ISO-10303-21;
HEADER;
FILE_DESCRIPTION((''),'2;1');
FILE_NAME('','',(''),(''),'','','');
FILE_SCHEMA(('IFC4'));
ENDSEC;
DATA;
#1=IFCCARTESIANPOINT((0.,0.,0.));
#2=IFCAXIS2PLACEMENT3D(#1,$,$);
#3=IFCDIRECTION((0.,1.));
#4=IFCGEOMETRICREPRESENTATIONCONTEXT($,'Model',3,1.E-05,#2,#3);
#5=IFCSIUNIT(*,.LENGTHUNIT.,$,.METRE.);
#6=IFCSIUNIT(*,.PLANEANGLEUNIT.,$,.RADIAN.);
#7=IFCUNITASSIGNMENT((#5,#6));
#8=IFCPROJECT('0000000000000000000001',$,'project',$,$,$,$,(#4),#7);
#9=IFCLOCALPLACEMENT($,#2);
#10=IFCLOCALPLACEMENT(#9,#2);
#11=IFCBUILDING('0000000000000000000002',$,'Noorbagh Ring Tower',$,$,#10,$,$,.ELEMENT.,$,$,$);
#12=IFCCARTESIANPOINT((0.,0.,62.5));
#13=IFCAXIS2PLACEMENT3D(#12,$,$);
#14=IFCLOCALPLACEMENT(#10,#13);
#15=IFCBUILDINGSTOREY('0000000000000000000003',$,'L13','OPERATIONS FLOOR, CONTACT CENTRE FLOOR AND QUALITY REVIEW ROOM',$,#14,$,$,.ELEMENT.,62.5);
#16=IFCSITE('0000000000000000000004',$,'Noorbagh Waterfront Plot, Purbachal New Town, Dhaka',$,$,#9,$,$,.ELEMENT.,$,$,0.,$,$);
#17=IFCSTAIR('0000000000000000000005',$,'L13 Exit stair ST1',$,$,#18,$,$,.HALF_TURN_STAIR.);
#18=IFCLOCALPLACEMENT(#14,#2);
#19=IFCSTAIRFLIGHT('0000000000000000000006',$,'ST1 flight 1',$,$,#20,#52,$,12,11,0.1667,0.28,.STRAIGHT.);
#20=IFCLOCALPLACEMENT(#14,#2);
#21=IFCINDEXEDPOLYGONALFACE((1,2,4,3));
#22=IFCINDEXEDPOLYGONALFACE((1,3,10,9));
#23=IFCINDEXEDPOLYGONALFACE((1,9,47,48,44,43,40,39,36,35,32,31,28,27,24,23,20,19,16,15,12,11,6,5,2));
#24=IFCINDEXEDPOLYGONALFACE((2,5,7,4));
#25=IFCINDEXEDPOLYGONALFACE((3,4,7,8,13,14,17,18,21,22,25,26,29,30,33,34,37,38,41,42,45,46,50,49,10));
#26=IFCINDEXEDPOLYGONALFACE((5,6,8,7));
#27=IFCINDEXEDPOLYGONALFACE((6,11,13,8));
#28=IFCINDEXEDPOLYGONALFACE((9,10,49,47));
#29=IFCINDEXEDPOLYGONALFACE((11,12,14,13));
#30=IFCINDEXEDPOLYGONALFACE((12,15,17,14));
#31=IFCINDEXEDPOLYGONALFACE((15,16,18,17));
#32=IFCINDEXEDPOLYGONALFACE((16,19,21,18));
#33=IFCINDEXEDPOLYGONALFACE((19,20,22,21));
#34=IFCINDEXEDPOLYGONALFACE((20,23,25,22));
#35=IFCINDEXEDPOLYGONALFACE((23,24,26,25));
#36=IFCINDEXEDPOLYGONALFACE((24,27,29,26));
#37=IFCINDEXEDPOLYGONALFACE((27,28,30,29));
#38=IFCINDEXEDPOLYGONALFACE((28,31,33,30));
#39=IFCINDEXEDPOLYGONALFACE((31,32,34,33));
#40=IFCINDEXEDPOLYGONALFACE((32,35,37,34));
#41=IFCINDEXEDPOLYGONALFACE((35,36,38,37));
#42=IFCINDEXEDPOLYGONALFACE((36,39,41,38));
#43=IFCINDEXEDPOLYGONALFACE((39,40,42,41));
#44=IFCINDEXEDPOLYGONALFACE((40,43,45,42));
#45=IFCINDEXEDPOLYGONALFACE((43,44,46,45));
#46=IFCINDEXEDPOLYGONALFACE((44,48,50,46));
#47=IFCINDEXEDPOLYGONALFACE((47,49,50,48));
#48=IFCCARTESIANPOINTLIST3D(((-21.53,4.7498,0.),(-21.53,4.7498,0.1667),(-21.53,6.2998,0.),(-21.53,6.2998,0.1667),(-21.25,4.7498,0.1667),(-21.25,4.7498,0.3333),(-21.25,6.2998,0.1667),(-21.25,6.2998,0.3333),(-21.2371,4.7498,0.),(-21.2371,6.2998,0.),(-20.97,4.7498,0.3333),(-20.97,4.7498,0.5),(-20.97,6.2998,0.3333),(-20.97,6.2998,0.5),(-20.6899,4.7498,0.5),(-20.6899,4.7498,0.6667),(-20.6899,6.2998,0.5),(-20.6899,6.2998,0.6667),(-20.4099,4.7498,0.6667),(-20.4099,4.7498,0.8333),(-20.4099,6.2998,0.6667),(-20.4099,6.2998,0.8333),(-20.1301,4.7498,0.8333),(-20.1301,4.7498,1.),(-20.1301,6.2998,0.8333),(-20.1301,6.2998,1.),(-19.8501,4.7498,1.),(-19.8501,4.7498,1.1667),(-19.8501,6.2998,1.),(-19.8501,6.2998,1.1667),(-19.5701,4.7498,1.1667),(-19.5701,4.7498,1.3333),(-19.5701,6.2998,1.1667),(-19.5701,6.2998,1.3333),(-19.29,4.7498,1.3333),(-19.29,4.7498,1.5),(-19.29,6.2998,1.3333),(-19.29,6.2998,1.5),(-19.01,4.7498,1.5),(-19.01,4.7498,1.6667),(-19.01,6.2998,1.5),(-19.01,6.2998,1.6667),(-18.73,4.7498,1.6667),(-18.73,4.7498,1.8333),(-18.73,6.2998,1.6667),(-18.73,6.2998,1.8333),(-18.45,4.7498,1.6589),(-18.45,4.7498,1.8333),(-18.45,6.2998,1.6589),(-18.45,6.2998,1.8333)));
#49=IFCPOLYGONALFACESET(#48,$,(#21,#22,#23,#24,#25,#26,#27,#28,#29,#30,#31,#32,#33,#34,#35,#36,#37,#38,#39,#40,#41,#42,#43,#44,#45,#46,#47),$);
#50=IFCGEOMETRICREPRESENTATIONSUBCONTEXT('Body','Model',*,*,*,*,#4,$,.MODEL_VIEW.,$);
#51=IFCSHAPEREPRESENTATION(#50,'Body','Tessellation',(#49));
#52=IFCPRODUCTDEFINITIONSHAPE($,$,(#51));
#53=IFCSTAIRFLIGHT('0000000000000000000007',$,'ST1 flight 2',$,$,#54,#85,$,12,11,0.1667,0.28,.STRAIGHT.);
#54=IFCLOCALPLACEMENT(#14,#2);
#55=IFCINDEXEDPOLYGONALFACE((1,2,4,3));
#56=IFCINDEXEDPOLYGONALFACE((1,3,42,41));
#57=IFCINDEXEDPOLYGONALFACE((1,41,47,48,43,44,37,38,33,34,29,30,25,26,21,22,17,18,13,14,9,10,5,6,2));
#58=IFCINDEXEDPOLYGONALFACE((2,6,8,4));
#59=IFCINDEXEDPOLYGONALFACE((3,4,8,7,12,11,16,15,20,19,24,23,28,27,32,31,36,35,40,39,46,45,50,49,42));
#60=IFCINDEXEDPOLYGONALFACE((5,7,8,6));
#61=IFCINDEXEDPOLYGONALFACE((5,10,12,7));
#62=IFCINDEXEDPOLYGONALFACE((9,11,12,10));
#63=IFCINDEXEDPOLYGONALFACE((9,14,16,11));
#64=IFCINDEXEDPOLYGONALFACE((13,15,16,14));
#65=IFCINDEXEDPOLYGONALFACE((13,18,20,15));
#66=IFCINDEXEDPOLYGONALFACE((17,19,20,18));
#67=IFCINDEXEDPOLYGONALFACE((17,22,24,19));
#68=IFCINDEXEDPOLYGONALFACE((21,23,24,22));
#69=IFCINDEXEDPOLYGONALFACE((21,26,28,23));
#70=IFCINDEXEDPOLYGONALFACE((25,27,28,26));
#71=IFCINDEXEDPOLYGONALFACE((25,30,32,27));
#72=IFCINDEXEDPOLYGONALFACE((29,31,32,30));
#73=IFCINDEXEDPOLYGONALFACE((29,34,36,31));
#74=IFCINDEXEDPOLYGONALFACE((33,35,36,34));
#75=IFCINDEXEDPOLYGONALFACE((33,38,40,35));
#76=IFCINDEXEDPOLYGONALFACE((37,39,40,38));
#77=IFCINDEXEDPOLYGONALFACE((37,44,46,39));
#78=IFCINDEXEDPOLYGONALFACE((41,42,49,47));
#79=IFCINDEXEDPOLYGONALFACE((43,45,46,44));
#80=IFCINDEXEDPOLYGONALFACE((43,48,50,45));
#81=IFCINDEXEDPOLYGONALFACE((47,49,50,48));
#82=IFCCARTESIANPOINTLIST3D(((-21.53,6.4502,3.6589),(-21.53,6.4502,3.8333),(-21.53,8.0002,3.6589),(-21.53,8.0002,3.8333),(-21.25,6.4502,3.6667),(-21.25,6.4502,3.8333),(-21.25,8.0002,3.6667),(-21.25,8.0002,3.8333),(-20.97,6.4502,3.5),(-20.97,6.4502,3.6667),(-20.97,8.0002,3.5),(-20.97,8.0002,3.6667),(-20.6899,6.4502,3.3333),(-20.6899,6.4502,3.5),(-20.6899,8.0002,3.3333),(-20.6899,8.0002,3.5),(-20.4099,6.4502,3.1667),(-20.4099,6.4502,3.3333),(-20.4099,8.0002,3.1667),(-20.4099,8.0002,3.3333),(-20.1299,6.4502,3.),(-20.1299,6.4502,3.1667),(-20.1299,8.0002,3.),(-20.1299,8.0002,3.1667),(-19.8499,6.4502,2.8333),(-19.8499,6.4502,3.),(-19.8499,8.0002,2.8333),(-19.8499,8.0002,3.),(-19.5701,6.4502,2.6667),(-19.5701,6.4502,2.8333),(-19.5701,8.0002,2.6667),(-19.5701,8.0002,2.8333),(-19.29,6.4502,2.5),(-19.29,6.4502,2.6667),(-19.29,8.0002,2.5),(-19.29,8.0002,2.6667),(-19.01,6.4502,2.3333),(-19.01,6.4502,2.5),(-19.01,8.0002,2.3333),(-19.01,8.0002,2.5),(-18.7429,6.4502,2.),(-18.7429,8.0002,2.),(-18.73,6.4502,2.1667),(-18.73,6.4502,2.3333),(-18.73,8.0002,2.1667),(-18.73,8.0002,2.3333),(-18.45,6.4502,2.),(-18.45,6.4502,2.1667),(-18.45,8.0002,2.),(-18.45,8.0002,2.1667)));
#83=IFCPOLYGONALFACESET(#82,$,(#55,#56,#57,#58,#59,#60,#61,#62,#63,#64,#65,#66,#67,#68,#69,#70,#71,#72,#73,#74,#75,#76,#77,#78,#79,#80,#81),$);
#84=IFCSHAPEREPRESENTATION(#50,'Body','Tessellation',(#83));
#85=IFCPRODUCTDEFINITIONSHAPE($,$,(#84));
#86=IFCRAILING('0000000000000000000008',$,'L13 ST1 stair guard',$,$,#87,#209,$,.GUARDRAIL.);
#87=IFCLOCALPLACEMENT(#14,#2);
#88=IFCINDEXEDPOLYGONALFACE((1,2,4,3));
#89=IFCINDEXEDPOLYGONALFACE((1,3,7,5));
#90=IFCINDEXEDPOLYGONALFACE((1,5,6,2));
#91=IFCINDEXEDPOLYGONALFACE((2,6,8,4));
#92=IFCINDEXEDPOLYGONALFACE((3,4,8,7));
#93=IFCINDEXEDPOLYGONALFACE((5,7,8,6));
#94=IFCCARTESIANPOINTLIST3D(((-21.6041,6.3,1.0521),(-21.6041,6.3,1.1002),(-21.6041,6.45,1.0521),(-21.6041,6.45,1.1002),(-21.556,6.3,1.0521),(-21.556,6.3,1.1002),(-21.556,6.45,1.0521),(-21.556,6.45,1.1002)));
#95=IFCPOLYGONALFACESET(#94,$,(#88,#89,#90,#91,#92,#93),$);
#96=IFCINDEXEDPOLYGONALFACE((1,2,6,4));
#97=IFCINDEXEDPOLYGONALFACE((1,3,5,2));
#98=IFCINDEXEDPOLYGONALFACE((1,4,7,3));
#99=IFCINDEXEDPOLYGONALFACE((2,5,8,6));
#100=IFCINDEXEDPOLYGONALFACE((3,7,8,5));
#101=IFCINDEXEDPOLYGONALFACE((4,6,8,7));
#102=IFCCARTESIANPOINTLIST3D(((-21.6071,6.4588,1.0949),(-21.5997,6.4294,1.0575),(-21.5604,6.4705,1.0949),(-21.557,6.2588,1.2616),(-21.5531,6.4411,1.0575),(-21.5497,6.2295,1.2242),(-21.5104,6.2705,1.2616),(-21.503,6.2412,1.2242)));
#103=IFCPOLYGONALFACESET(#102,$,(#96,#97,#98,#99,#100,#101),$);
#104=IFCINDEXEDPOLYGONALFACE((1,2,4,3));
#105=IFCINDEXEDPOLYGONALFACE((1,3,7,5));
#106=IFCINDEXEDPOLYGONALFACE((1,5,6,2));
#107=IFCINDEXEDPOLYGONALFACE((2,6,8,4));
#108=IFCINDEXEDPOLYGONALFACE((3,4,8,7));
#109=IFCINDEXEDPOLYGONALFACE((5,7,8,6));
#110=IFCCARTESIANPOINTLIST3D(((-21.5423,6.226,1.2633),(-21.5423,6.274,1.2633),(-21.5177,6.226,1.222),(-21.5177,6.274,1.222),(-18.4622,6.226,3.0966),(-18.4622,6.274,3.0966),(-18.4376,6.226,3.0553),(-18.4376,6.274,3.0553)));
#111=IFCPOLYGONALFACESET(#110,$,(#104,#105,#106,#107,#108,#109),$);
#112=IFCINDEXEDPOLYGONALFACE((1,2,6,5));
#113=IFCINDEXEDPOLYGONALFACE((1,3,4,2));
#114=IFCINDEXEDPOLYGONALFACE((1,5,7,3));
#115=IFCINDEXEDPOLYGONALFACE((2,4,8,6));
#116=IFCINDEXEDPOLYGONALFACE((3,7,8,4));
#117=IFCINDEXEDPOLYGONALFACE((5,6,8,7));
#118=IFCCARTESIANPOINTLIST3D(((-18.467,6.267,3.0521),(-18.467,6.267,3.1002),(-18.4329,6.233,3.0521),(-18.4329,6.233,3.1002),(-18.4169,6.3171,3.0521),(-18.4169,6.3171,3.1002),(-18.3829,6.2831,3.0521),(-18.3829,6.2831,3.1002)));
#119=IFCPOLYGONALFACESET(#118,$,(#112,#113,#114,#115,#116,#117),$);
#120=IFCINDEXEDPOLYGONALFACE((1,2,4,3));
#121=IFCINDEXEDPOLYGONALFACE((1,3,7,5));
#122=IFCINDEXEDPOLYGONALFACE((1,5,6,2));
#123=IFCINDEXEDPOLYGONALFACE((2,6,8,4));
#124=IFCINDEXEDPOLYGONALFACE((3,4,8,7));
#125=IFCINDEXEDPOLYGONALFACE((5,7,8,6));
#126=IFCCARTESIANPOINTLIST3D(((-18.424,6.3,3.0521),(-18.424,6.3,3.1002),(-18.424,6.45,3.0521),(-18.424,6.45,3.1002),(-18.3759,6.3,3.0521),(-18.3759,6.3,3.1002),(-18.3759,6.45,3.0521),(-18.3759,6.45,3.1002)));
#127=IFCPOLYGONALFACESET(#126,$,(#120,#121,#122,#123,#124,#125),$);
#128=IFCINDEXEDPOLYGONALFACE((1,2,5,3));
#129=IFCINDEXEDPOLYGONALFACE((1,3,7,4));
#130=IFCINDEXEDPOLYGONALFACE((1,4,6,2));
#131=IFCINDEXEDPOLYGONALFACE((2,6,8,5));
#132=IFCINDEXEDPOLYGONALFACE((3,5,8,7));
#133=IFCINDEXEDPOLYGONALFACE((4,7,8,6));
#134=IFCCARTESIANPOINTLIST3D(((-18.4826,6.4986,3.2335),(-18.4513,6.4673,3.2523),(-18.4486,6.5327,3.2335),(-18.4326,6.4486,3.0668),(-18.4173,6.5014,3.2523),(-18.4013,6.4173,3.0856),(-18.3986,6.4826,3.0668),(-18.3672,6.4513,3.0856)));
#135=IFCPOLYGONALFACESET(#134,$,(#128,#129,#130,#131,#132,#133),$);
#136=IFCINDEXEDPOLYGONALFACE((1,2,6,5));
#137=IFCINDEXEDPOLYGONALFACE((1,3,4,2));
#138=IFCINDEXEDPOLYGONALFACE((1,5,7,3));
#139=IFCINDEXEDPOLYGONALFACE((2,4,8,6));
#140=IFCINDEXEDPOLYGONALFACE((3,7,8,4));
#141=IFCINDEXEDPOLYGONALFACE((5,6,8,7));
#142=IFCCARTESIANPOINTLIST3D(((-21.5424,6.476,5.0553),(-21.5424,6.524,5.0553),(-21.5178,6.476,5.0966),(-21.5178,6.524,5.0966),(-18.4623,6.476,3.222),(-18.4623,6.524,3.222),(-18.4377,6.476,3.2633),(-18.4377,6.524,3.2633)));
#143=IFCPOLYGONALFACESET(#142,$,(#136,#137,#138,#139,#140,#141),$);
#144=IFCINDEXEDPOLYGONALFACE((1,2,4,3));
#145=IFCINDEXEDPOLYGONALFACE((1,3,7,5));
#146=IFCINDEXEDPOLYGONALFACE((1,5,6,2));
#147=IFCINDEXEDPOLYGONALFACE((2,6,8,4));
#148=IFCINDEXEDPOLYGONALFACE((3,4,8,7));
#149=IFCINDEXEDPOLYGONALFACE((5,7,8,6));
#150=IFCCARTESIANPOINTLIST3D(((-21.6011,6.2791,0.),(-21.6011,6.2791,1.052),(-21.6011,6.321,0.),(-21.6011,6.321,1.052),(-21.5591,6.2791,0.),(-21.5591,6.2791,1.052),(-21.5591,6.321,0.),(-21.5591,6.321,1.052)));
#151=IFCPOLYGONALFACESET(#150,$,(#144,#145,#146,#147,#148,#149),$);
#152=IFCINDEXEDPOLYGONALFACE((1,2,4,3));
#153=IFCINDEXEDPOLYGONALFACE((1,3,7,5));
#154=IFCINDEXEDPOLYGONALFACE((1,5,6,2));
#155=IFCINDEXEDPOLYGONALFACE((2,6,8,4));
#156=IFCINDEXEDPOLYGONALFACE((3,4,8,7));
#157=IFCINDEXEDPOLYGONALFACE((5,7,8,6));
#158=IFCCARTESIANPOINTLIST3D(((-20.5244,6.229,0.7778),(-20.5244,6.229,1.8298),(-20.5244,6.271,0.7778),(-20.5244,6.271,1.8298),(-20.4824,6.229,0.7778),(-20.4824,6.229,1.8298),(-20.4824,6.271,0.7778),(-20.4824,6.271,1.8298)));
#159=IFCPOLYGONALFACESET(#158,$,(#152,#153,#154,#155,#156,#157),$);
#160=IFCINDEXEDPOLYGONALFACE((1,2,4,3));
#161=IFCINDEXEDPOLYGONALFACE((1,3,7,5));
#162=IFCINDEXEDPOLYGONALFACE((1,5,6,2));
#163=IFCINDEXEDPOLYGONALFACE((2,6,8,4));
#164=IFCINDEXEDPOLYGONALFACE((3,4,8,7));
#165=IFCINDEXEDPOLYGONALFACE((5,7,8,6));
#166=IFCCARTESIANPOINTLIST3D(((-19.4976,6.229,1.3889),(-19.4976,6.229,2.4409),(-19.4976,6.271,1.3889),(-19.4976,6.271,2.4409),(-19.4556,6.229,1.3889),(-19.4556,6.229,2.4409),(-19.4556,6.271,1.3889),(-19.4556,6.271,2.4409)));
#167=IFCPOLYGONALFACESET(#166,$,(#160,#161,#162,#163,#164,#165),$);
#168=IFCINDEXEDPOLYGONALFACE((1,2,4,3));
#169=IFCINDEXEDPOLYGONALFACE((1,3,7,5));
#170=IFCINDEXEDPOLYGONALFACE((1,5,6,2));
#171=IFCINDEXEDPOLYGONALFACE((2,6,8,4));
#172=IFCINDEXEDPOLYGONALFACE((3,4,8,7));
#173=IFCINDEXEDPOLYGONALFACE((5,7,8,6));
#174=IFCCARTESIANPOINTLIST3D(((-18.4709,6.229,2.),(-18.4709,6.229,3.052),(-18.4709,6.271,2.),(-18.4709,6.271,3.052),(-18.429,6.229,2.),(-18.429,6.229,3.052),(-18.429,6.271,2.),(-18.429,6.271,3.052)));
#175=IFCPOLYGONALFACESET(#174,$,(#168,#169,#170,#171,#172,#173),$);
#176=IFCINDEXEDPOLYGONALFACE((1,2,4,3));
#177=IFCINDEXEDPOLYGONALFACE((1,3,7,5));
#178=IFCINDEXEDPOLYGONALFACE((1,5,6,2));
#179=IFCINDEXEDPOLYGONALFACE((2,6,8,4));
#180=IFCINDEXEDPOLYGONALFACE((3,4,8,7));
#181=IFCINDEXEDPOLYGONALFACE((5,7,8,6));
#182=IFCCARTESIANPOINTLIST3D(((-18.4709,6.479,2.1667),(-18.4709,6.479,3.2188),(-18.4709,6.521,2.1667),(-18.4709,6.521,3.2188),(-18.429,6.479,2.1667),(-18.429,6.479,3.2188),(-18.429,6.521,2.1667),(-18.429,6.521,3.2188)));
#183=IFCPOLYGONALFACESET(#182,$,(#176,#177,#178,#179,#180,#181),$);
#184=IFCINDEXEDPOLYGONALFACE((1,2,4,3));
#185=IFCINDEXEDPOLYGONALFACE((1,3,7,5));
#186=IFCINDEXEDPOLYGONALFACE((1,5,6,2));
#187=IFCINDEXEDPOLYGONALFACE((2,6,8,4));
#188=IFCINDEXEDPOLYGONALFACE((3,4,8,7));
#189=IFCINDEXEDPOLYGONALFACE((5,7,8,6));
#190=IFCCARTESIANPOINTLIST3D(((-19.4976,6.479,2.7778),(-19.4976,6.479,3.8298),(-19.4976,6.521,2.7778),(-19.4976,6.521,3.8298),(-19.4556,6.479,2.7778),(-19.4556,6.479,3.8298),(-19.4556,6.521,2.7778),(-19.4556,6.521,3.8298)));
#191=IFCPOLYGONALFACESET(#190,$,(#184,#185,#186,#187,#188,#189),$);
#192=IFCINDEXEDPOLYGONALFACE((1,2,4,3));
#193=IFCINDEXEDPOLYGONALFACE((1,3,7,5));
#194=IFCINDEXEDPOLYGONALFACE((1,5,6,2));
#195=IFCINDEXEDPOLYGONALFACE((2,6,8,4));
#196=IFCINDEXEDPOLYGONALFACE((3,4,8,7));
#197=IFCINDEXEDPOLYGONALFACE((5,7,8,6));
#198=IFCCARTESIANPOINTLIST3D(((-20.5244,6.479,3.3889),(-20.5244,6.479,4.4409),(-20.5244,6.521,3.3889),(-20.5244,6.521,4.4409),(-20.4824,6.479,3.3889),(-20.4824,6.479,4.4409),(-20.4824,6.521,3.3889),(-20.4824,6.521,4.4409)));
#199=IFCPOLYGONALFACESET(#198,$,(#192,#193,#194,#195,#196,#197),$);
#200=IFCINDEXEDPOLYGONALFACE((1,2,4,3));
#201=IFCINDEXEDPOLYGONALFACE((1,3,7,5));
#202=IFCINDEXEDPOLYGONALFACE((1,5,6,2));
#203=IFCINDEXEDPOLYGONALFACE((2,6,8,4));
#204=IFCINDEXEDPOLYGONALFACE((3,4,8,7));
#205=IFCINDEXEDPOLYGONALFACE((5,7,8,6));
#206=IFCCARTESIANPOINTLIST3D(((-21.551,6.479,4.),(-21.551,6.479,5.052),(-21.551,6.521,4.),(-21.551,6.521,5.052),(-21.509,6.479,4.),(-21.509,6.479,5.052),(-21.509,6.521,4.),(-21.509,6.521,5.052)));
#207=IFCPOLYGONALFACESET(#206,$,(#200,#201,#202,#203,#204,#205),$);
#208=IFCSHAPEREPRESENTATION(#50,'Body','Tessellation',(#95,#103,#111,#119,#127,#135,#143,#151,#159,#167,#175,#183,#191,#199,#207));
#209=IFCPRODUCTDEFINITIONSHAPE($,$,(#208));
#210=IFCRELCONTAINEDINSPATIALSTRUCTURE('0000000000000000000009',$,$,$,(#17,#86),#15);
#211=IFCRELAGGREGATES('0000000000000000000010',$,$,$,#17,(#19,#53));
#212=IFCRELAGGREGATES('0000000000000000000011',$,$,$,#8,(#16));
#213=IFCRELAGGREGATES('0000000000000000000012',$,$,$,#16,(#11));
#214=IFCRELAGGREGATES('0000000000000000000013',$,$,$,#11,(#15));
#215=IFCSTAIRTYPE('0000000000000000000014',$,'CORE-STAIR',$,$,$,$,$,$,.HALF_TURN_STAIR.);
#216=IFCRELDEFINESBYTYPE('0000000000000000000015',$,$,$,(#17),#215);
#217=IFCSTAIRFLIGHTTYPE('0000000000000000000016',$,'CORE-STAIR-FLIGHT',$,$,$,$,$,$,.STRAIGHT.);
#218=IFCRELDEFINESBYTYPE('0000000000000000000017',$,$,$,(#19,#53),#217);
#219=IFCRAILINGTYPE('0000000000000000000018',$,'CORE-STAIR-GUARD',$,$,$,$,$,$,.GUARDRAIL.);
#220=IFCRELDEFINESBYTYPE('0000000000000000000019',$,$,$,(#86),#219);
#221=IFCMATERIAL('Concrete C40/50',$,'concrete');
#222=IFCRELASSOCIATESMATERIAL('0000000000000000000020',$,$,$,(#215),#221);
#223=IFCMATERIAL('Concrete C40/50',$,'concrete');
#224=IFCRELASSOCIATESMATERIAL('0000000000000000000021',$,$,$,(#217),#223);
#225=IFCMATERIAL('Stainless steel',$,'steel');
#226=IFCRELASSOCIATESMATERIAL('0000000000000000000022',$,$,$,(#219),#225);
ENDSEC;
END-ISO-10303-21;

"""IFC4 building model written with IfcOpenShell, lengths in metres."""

from ifc_helpers import new_model, si_unit, direction, frame, origin, origin_2d, place, context, subcontext, project, spatial, polyline, rectangle, outline, extrude, material, type_object, element, aggregate, save


model = new_model("IFC4")

# Units and contexts
model_context = context("Model", 3, precision=1e-05, world=origin(), true_north=direction((0.0, 1.0)))
body_context = subcontext(model_context, "Body", "Model", "MODEL_VIEW")
ifc_project = project(units=[si_unit("LENGTHUNIT", "METRE"), si_unit("PLANEANGLEUNIT", "RADIAN")], contexts=[model_context])

# Site, building, storey
site_placement = place(None, origin())
site = spatial("IfcSite", under=ifc_project, at=site_placement, Name="Noorbagh Waterfront Plot, Purbachal New Town, Dhaka", CompositionType="ELEMENT", RefElevation=0.0)
building_placement = place(site_placement, origin())
building = spatial("IfcBuilding", under=site, at=building_placement, Name="Noorbagh Ring Tower", CompositionType="ELEMENT")
storey_placement = place(building_placement, frame((0.0, 0.0, 62.5)))
storey = spatial("IfcBuildingStorey", under=building, at=storey_placement, Name="L13", Description="OPERATIONS FLOOR, CONTACT CENTRE FLOOR AND QUALITY REVIEW ROOM", CompositionType="ELEMENT", Elevation=62.5)

# Stair, stair flights
ifc_material_1 = material(Name="Concrete C40/50", Category="concrete")
stair_type = type_object("IfcStairType", Name="CORE-STAIR", PredefinedType="HALF_TURN_STAIR", material=ifc_material_1)
stair_placement = place(storey_placement, origin())
stair = element("IfcStair", 1, at=stair_placement, inside=storey, type_object=stair_type, Name="L13 Exit stair ST1", PredefinedType="HALF_TURN_STAIR")
ifc_material_2 = material(Name="Concrete C40/50", Category="concrete")
stair_flight_type = type_object("IfcStairFlightType", Name="CORE-STAIR-FLIGHT", PredefinedType="STRAIGHT", material=ifc_material_2)
stair_flight_1_placement = place(storey_placement, frame((-21.53, 5.5249, 0.0), z_axis=(0.0, 0.0, 1.0), x_axis=(1.0, 0.0, 0.0)))
stair_flight_1 = element("IfcStairFlight", 2, at=stair_flight_1_placement, type_object=stair_flight_type, Name="ST1 flight 1", NumberOfRisers=12, NumberOfTreads=11, PredefinedType="STRAIGHT", RiserHeight=0.1667, TreadLength=0.28, context=body_context, shape_type="SweptSolid", body=[
    extrude(outline(polyline([(0.0, 0.0), (0.0, 0.1667), (0.28, 0.1667), (0.28, 0.3333), (0.5601, 0.3333), (0.5601, 0.5), (0.8401, 0.5), (0.8401, 0.6667), (1.1201, 0.6667), (1.1201, 0.8333), (1.3999, 0.8333), (1.3999, 1.0), (1.6799, 1.0), (1.6799, 1.1667), (1.96, 1.1667), (1.96, 1.3333), (2.24, 1.3333), (2.24, 1.5), (2.52, 1.5), (2.52, 1.6667), (2.8, 1.6667), (2.8, 1.8333), (3.0801, 1.8333), (3.0801, 2.0), (3.0801, 1.6589), (0.293, 0.0), (0.0, 0.0)])), frame((0.0, 0.7749, 0.0), z_axis=(0.0, -1.0, 0.0), x_axis=(1.0, 0.0, 0.0)), (0.0, 0.0, 1.0), 1.55),
])
stair_flight_2_placement = place(storey_placement, frame((-18.45, 7.2251, 2.0), z_axis=(0.0, 0.0, 1.0), x_axis=(-1.0, 0.0, 0.0)))
stair_flight_2 = element("IfcStairFlight", 3, at=stair_flight_2_placement, type_object=stair_flight_type, Name="ST1 flight 2", NumberOfRisers=12, NumberOfTreads=11, PredefinedType="STRAIGHT", RiserHeight=0.1667, TreadLength=0.28, context=body_context, shape_type="SweptSolid", body=[
    extrude(outline(polyline([(0.0, 0.0), (0.0, 0.1667), (0.28, 0.1667), (0.28, 0.3333), (0.5601, 0.3333), (0.5601, 0.5), (0.8401, 0.5), (0.8401, 0.6667), (1.1201, 0.6667), (1.1201, 0.8333), (1.3999, 0.8333), (1.3999, 1.0), (1.6799, 1.0), (1.6799, 1.1667), (1.96, 1.1667), (1.96, 1.3333), (2.24, 1.3333), (2.24, 1.5), (2.52, 1.5), (2.52, 1.6667), (2.8, 1.6667), (2.8, 1.8333), (3.0801, 1.8333), (3.0801, 2.0), (3.0801, 1.6589), (0.293, 0.0), (0.0, 0.0)])), frame((0.0, 0.7749, 0.0), z_axis=(0.0, -1.0, 0.0), x_axis=(1.0, 0.0, 0.0)), (0.0, 0.0, 1.0), 1.55),
])
aggregate(stair, [stair_flight_1, stair_flight_2])

# Railing
ifc_material_3 = material(Name="Stainless steel", Category="steel")
railing_type_1 = type_object("IfcRailingType", Name="CORE-STAIR-GUARD", PredefinedType="GUARDRAIL", material=ifc_material_3)
railing_1_placement = place(storey_placement, frame((-21.5801, 6.3, 0.0)))
element("IfcRailing", 4, at=railing_1_placement, inside=storey, type_object=railing_type_1, Name="L13 ST1 stair guard", PredefinedType="GUARDRAIL", context=body_context, shape_type="SweptSolid", body=[
    extrude(rectangle(XDim=0.0481, YDim=0.0481, at=origin_2d()), frame((0.0, 0.0, 1.0762), z_axis=(0.0, 1.0, 0.0), x_axis=(-1.0, 0.0, 0.0)), (0.0, 0.0, 1.0), 0.1499),
    extrude(rectangle(XDim=0.0481, YDim=0.0481, at=origin_2d()), frame((0.0, 0.1499, 1.0762), z_axis=(0.188776, -0.754182, 0.628946), x_axis=(0.970073, 0.242814, 0.0)), (0.0, 0.0, 1.0), 0.2651),
    extrude(rectangle(XDim=0.0481, YDim=0.0481, at=origin_2d()), frame((0.05, -0.05, 1.2427), z_axis=(0.859309, 0.0, 0.511458), x_axis=(0.0, 1.0, 0.0)), (0.0, 0.0, 1.0), 3.5845),
    extrude(rectangle(XDim=0.0481, YDim=0.0481, at=origin_2d()), frame((3.1301, -0.05, 3.0762), z_axis=(0.707107, 0.707107, 0.0), x_axis=(-0.707107, 0.707107, 0.0)), (0.0, 0.0, 1.0), 0.0708),
    extrude(rectangle(XDim=0.0481, YDim=0.0481, at=origin_2d()), frame((3.1802, 0.0, 3.0762), z_axis=(0.0, 1.0, 0.0), x_axis=(-1.0, 0.0, 0.0)), (0.0, 0.0, 1.0), 0.1499),
    extrude(rectangle(XDim=0.0481, YDim=0.0481, at=origin_2d()), frame((3.1802, 0.1499, 3.0762), z_axis=(-0.276287, 0.276287, 0.920506), x_axis=(-0.707107, -0.707107, 0.0)), (0.0, 0.0, 1.0), 0.1812),
    extrude(rectangle(XDim=0.0481, YDim=0.0481, at=origin_2d()), frame((3.1301, 0.2, 3.2427), z_axis=(-0.859309, 0.0, 0.511458), x_axis=(0.0, -1.0, 0.0)), (0.0, 0.0, 1.0), 3.5845),
    extrude(rectangle(XDim=0.042, YDim=0.042, at=origin_2d()), origin(), (0.0, 0.0, 1.0), 1.052),
    extrude(rectangle(XDim=0.042, YDim=0.042, at=origin_2d()), frame((1.0767, -0.05, 0.7778)), (0.0, 0.0, 1.0), 1.052),
    extrude(rectangle(XDim=0.042, YDim=0.042, at=origin_2d()), frame((2.1035, -0.05, 1.3889)), (0.0, 0.0, 1.0), 1.052),
    extrude(rectangle(XDim=0.042, YDim=0.042, at=origin_2d()), frame((3.1301, -0.05, 2.0)), (0.0, 0.0, 1.0), 1.052),
    extrude(rectangle(XDim=0.042, YDim=0.042, at=origin_2d()), frame((3.1301, 0.2, 2.1667)), (0.0, 0.0, 1.0), 1.052),
    extrude(rectangle(XDim=0.042, YDim=0.042, at=origin_2d()), frame((2.1035, 0.2, 2.7778)), (0.0, 0.0, 1.0), 1.052),
    extrude(rectangle(XDim=0.042, YDim=0.042, at=origin_2d()), frame((1.0767, 0.2, 3.3889)), (0.0, 0.0, 1.0), 1.052),
    extrude(rectangle(XDim=0.042, YDim=0.042, at=origin_2d()), frame((0.05, 0.2, 4.0)), (0.0, 0.0, 1.0), 1.052),
])

save(model, "model.ifc")
